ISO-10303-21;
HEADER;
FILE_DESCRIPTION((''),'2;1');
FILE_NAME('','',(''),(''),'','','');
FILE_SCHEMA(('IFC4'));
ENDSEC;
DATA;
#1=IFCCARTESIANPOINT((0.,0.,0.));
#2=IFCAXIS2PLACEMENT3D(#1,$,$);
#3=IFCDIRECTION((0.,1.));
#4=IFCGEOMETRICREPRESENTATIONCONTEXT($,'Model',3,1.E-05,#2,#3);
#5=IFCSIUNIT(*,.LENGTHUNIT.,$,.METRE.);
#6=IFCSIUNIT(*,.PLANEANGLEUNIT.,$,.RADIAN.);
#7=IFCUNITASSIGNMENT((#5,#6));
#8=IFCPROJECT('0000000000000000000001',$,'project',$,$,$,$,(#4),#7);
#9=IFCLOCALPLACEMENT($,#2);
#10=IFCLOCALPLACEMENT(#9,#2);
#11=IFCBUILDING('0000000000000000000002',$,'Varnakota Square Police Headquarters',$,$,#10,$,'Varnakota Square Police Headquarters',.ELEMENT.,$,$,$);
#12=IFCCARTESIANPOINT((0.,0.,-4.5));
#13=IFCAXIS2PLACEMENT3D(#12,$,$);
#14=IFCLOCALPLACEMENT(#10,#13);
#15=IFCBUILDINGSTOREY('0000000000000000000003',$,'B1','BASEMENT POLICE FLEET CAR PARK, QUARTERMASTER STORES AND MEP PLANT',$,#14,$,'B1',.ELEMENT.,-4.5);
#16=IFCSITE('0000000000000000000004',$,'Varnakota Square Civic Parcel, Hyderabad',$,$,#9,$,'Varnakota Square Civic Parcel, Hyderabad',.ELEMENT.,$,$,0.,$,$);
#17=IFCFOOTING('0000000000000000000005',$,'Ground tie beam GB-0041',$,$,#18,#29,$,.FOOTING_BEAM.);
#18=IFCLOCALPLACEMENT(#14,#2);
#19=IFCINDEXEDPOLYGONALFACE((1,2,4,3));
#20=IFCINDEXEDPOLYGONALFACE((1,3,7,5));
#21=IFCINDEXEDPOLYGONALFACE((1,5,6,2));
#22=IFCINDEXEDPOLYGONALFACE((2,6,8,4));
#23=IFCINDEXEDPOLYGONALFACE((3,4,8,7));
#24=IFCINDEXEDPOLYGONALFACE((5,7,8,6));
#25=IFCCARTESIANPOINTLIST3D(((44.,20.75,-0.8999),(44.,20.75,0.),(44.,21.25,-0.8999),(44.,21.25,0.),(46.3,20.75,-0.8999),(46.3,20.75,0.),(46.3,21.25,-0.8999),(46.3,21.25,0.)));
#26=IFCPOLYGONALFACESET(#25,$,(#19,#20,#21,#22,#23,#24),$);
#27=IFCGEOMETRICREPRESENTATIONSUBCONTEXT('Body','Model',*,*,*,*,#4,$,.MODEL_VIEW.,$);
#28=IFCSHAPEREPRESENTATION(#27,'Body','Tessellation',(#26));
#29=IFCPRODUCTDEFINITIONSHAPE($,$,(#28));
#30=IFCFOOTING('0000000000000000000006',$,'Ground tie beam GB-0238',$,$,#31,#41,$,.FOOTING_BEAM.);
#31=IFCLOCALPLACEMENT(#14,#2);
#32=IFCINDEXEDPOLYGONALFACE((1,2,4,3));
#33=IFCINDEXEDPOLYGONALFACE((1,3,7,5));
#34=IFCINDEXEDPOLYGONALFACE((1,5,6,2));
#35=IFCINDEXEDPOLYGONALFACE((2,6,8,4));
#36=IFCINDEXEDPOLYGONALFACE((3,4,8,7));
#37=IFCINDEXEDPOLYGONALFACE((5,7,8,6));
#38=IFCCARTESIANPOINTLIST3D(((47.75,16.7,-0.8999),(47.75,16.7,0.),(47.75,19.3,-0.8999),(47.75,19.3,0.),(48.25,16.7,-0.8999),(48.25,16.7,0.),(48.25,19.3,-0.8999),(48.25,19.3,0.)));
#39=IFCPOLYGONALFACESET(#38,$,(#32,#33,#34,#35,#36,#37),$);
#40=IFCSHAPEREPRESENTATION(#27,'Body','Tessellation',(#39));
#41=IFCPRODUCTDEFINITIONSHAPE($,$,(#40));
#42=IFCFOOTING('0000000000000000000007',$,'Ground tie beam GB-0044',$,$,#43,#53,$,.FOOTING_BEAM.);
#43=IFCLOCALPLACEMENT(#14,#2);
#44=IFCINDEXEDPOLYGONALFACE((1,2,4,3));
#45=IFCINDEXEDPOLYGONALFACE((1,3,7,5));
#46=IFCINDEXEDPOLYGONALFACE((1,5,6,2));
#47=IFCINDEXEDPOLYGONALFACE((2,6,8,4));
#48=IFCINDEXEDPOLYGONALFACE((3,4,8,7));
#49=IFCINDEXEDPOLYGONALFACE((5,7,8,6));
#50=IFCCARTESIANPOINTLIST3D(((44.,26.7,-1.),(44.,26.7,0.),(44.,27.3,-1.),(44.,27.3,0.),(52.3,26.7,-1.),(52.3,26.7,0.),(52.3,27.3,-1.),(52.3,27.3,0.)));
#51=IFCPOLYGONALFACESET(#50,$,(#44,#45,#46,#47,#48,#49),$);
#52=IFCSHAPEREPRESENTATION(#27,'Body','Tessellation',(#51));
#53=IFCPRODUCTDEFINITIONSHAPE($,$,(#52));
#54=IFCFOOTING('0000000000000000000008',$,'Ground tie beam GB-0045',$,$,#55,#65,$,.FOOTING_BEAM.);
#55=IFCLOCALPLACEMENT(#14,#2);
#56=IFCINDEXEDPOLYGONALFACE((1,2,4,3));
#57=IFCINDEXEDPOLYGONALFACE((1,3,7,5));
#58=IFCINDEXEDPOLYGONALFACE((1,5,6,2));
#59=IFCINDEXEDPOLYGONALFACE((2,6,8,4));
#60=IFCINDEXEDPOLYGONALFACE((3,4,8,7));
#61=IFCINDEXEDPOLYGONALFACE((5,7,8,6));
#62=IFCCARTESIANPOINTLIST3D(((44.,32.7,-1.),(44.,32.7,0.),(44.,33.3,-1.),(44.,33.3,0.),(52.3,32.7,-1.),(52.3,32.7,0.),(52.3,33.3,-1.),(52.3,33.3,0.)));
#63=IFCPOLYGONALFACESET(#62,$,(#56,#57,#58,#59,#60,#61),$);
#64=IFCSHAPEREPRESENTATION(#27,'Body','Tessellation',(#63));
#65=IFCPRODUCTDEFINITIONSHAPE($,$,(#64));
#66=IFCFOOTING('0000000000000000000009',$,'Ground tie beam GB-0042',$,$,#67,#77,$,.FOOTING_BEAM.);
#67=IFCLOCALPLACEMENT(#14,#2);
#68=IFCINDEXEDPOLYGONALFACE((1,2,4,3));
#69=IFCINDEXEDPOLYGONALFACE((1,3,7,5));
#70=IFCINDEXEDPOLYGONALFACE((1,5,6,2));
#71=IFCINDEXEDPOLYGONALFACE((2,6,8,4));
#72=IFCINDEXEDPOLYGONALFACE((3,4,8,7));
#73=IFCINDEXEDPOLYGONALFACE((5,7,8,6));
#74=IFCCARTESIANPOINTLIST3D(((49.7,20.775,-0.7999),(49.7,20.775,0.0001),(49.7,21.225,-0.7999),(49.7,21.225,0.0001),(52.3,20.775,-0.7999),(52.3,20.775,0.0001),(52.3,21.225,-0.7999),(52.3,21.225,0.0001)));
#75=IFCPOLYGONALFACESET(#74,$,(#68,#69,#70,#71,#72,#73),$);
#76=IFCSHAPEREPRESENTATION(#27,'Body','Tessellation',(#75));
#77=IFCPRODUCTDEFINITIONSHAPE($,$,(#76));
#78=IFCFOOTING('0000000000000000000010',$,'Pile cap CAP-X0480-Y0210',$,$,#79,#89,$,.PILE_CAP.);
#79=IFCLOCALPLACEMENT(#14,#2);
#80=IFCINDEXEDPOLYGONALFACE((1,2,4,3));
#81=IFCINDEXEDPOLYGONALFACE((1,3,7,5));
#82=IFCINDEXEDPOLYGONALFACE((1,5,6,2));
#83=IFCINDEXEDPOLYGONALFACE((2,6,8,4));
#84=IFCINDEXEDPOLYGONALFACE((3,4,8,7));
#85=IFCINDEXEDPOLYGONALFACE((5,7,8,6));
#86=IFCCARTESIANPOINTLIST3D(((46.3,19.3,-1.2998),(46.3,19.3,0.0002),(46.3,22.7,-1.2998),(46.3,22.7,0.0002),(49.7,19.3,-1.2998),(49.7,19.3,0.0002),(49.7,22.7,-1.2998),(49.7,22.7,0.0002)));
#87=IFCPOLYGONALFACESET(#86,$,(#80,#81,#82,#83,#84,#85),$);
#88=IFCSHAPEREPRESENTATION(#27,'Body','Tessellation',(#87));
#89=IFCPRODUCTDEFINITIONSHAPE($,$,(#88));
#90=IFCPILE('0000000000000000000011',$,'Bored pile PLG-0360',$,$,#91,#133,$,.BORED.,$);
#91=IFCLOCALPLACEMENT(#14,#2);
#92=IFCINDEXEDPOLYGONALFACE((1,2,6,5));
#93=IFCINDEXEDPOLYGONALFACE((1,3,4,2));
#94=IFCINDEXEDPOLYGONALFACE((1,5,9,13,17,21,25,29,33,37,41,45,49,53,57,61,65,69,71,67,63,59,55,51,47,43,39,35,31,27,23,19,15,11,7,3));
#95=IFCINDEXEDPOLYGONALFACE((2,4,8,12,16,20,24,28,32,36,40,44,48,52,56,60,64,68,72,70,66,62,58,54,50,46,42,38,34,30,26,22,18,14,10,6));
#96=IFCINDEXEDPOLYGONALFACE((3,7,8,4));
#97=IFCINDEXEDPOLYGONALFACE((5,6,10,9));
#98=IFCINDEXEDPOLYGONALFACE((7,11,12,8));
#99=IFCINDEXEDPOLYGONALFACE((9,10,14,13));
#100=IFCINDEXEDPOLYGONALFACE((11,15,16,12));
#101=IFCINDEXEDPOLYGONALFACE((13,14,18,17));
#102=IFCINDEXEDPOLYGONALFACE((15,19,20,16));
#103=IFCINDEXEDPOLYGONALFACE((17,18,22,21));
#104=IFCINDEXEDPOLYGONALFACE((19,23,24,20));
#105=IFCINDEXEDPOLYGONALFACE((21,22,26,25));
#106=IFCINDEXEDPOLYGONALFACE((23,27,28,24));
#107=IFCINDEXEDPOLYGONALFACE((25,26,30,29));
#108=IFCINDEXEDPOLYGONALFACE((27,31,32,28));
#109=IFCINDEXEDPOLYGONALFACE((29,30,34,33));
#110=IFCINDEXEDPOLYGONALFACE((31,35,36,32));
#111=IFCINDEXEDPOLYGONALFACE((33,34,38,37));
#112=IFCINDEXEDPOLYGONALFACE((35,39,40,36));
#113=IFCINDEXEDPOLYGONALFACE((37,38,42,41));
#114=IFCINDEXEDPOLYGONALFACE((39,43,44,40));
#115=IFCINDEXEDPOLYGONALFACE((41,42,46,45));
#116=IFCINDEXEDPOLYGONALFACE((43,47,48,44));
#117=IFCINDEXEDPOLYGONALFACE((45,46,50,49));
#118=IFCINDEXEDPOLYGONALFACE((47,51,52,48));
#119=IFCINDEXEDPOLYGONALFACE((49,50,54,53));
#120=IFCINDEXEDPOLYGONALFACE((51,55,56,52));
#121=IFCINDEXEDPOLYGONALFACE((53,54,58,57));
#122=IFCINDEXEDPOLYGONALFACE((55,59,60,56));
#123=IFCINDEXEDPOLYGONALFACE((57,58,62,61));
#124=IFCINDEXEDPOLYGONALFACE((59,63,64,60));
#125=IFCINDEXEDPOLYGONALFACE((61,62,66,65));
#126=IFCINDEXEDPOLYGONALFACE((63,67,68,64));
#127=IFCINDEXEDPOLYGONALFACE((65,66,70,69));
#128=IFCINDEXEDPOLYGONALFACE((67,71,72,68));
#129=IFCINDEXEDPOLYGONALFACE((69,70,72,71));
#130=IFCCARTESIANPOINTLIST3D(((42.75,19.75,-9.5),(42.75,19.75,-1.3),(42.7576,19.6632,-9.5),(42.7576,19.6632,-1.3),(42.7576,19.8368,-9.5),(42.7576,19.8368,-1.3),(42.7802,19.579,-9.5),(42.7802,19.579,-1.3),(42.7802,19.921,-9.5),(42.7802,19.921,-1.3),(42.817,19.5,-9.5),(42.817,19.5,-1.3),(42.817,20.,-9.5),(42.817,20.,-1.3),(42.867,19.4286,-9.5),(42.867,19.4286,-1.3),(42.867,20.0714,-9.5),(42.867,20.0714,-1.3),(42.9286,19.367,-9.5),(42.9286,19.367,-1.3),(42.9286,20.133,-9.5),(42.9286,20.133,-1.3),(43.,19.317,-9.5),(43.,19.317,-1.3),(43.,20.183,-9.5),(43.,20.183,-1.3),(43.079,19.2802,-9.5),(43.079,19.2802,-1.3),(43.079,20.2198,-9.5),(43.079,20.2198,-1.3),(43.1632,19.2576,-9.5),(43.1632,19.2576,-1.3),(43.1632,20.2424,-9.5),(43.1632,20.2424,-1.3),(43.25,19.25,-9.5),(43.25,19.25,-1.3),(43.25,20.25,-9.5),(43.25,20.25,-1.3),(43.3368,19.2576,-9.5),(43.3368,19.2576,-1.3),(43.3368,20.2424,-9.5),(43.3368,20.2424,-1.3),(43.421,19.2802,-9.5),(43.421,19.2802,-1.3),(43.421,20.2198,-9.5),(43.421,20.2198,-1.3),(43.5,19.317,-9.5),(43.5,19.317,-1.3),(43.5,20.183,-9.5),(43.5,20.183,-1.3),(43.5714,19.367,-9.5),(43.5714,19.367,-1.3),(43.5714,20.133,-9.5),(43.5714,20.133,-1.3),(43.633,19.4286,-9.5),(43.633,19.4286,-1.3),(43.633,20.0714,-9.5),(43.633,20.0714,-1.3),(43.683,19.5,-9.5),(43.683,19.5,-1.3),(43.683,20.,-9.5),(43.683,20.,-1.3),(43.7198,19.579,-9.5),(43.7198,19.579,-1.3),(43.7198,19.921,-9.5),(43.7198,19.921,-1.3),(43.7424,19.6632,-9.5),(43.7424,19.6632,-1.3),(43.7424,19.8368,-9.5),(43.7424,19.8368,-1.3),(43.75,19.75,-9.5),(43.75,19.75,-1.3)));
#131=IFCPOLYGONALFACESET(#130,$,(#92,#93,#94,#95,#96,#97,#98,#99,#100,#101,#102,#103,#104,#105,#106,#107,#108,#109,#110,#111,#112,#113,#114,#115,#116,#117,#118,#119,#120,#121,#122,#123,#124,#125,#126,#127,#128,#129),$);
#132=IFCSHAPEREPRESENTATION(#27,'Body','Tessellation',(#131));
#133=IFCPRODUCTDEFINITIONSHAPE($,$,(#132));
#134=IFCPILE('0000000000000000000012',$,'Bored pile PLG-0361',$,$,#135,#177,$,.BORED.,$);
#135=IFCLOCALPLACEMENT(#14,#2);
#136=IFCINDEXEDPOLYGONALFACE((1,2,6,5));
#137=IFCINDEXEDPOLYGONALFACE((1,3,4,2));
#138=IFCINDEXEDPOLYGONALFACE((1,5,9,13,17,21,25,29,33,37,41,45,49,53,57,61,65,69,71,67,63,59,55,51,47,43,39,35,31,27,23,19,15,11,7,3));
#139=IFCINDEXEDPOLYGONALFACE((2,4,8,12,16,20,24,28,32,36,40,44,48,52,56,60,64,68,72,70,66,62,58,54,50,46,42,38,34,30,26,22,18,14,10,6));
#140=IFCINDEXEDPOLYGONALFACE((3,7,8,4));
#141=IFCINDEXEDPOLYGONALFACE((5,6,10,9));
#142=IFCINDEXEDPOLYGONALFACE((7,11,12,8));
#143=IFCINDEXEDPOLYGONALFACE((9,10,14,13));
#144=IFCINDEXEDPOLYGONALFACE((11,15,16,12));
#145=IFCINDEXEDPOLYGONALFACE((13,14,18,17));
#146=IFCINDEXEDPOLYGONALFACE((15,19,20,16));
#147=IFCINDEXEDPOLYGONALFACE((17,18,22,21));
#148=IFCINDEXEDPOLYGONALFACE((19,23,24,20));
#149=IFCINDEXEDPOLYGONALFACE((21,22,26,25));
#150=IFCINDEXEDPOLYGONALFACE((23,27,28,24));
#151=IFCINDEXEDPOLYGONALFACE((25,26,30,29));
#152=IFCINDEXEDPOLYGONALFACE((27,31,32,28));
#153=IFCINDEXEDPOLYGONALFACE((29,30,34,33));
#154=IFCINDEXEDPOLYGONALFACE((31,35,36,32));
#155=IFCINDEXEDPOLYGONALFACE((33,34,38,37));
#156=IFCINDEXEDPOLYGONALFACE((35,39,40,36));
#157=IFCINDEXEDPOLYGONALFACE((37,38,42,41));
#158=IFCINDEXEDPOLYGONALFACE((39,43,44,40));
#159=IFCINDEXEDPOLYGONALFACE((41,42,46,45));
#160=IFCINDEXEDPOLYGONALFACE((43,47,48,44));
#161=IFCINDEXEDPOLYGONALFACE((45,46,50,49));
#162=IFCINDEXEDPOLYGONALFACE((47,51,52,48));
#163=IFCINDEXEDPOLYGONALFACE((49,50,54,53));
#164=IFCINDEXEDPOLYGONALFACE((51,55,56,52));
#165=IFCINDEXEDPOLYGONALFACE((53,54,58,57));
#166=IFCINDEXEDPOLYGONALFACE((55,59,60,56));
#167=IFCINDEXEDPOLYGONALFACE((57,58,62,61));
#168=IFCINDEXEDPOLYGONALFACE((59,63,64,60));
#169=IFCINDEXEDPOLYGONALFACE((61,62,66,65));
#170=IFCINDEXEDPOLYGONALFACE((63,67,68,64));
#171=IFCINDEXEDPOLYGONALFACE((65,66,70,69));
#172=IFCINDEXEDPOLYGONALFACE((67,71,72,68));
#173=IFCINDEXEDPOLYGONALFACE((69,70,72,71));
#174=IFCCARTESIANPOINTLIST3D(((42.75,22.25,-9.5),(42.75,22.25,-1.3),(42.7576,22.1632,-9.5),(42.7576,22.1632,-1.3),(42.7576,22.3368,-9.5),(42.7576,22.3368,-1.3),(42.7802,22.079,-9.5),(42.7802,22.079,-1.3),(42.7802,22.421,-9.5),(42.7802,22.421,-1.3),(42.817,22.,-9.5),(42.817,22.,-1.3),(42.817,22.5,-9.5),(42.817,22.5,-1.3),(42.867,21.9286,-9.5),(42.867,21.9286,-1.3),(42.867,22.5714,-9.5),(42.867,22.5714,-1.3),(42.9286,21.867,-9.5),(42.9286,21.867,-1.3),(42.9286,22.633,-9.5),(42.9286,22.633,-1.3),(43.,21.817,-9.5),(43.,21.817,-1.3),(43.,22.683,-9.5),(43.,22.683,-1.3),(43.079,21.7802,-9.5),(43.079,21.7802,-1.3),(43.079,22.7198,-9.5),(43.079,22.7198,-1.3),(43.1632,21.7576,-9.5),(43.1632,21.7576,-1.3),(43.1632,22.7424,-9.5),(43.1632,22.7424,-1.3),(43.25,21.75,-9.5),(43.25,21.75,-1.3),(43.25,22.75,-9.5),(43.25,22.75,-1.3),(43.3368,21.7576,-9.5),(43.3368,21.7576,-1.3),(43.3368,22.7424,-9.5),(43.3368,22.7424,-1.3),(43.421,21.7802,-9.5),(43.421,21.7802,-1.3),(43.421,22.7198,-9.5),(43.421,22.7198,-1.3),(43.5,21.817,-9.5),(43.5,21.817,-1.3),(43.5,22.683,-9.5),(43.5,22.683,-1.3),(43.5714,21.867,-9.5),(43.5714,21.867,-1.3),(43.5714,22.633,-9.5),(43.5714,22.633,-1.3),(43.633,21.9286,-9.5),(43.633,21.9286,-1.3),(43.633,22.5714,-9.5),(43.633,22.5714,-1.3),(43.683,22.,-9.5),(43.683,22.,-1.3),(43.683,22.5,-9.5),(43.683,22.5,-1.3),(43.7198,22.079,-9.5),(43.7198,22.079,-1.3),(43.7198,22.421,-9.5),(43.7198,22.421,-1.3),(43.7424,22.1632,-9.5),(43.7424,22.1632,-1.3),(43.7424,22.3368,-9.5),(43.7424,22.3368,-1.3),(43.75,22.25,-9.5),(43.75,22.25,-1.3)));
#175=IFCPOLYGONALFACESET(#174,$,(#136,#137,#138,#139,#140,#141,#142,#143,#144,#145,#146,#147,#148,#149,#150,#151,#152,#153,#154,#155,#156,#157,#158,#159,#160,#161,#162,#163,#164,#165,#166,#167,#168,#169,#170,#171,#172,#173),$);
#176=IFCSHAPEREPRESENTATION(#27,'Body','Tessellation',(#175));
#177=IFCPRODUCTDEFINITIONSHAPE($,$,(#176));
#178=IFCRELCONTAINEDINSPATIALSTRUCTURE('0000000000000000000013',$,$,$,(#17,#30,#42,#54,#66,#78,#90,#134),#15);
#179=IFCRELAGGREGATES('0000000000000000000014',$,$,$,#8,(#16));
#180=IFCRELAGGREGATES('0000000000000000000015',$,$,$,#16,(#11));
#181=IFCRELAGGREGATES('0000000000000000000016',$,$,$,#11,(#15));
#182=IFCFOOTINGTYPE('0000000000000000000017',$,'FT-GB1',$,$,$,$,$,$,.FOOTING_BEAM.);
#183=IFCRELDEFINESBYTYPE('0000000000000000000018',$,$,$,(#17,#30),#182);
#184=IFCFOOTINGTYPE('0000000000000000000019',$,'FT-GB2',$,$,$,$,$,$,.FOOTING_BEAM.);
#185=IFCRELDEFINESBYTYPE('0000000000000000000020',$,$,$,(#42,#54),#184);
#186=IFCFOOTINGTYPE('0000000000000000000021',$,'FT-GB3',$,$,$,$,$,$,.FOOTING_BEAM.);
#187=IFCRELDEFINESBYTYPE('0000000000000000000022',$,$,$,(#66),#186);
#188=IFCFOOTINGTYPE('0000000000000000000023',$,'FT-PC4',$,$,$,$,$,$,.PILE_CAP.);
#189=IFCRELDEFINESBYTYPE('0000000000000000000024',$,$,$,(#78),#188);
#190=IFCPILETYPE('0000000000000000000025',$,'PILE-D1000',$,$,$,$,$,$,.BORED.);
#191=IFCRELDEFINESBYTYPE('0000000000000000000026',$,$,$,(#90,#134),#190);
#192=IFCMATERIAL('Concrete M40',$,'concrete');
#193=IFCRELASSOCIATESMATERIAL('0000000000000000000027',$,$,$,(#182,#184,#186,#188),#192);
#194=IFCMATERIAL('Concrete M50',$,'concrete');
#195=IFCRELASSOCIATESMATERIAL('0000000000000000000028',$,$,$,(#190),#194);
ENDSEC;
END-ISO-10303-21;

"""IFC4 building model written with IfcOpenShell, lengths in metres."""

from ifc_helpers import new_model, si_unit, direction, frame, origin, origin_2d, place, context, subcontext, project, spatial, rectangle, circle, extrude, material, material_profile, profile_set, type_object, element, save


model = new_model("IFC4")

# Units and contexts
model_context = context("Model", 3, precision=1e-05, world=origin(), true_north=direction((0.0, 1.0)))
body_context = subcontext(model_context, "Body", "Model", "MODEL_VIEW")
ifc_project = project(units=[si_unit("LENGTHUNIT", "METRE"), si_unit("PLANEANGLEUNIT", "RADIAN")], contexts=[model_context])

# Site, building, storey
site_placement = place(None, origin())
site = spatial("IfcSite", under=ifc_project, at=site_placement, Name="Varnakota Square Civic Parcel, Hyderabad", LongName="Varnakota Square Civic Parcel, Hyderabad", CompositionType="ELEMENT", RefElevation=0.0)
building_placement = place(site_placement, origin())
building = spatial("IfcBuilding", under=site, at=building_placement, Name="Varnakota Square Police Headquarters", LongName="Varnakota Square Police Headquarters", CompositionType="ELEMENT")
storey_placement = place(building_placement, frame((0.0, 0.0, -4.5)))
storey = spatial("IfcBuildingStorey", under=building, at=storey_placement, Name="B1", Description="BASEMENT POLICE FLEET CAR PARK, QUARTERMASTER STORES AND MEP PLANT", LongName="B1", CompositionType="ELEMENT", Elevation=-4.5)

# Footings
ifc_material_1 = material(Name="Concrete M40", Category="concrete")
ifc_material_profile_1 = material_profile(ifc_material_1, rectangle(XDim=0.5, YDim=0.8999, at=origin_2d()), Name="GB 500x900")
ifc_profile_set_1 = profile_set([ifc_material_profile_1], Name="Concrete M40")
footing_type_1 = type_object("IfcFootingType", Name="FT-GB1", PredefinedType="FOOTING_BEAM", material=ifc_profile_set_1)
footing_1_placement = place(storey_placement, frame((44.0, 21.0, -0.45), z_axis=(1.0, 0.0, 0.0), x_axis=(0.0, 1.0, 0.0)))
element("IfcFooting", 1, at=footing_1_placement, inside=storey, type_object=footing_type_1, Name="Ground tie beam GB-0041", PredefinedType="FOOTING_BEAM", context=body_context, shape_type="SweptSolid", body=[
    extrude(rectangle(XDim=0.5, YDim=0.8999, at=origin_2d()), origin(), (0.0, 0.0, 1.0), 2.3),
])
footing_2_placement = place(storey_placement, frame((48.0, 16.7, -0.45), z_axis=(0.0, 1.0, 0.0), x_axis=(-1.0, 0.0, 0.0)))
element("IfcFooting", 2, at=footing_2_placement, inside=storey, type_object=footing_type_1, Name="Ground tie beam GB-0238", PredefinedType="FOOTING_BEAM", context=body_context, shape_type="SweptSolid", body=[
    extrude(rectangle(XDim=0.5, YDim=0.8999, at=origin_2d()), origin(), (0.0, 0.0, 1.0), 2.6001),
])
ifc_material_profile_2 = material_profile(ifc_material_1, rectangle(XDim=0.6001, YDim=1.0, at=origin_2d()), Name="GB 600x1000")
ifc_profile_set_2 = profile_set([ifc_material_profile_2], Name="Concrete M40")
footing_type_2 = type_object("IfcFootingType", Name="FT-GB2", PredefinedType="FOOTING_BEAM", material=ifc_profile_set_2)
for number, where, z_axis, x_axis, name in (
    (3, (44.0, 27.0, -0.5), (1.0, 0.0, 0.0), (0.0, 1.0, 0.0), "Ground tie beam GB-0044"),
    (4, (44.0, 33.0, -0.5), (1.0, 0.0, 0.0), (0.0, 1.0, 0.0), "Ground tie beam GB-0045"),
):
    element("IfcFooting", number, at=place(storey_placement, frame(where, z_axis=z_axis, x_axis=x_axis)), inside=storey, type_object=footing_type_2, Name=name, PredefinedType="FOOTING_BEAM", context=body_context, shape_type="SweptSolid", body=[
        extrude(rectangle(XDim=0.6001, YDim=1.0, at=origin_2d()), origin(), (0.0, 0.0, 1.0), 8.3),
    ])
ifc_material_profile_3 = material_profile(ifc_material_1, rectangle(XDim=0.45, YDim=0.8, at=origin_2d()), Name="GB 450x800")
ifc_profile_set_3 = profile_set([ifc_material_profile_3], Name="Concrete M40")
footing_type_3 = type_object("IfcFootingType", Name="FT-GB3", PredefinedType="FOOTING_BEAM", material=ifc_profile_set_3)
footing_3_placement = place(storey_placement, frame((49.7, 21.0, -0.3999), z_axis=(1.0, 0.0, 0.0), x_axis=(0.0, 1.0, 0.0)))
element("IfcFooting", 5, at=footing_3_placement, inside=storey, type_object=footing_type_3, Name="Ground tie beam GB-0042", PredefinedType="FOOTING_BEAM", context=body_context, shape_type="SweptSolid", body=[
    extrude(rectangle(XDim=0.45, YDim=0.8, at=origin_2d()), origin(), (0.0, 0.0, 1.0), 2.6001),
])
footing_type_4 = type_object("IfcFootingType", Name="FT-PC4", PredefinedType="PILE_CAP", material=ifc_material_1)
footing_4_placement = place(storey_placement, frame((48.0, 21.0, -1.2998), z_axis=(0.0, 0.0, 1.0), x_axis=(1.0, 0.0, 0.0)))
element("IfcFooting", 6, at=footing_4_placement, inside=storey, type_object=footing_type_4, Name="Pile cap CAP-X0480-Y0210", PredefinedType="PILE_CAP", context=body_context, shape_type="SweptSolid", body=[
    extrude(rectangle(XDim=3.3999, YDim=3.3999, at=origin_2d()), origin(), (0.0, 0.0, 1.0), 1.3),
])

# Piles
ifc_material_2 = material(Name="Concrete M50", Category="concrete")
ifc_material_profile_4 = material_profile(ifc_material_2, circle(Radius=0.5, at=origin_2d()), Name="BORED PILE 1000")
ifc_profile_set_4 = profile_set([ifc_material_profile_4], Name="Concrete M50")
pile_type_1 = type_object("IfcPileType", Name="PILE-D1000", PredefinedType="BORED", material=ifc_profile_set_4)
for number, where, z_axis, x_axis, name in (
    (7, (43.25, 19.75, -1.3), (0.0, 0.0, -1.0), (1.0, 0.0, 0.0), "Bored pile PLG-0360"),
    (8, (43.25, 22.25, -1.3), (0.0, 0.0, -1.0), (1.0, 0.0, 0.0), "Bored pile PLG-0361"),
):
    element("IfcPile", number, at=place(storey_placement, frame(where, z_axis=z_axis, x_axis=x_axis)), inside=storey, type_object=pile_type_1, Name=name, PredefinedType="BORED", context=body_context, shape_type="SweptSolid", body=[
        extrude(circle(Radius=0.5, at=origin_2d()), origin(), (0.0, 0.0, 1.0), 8.2),
    ])

save(model, "model.ifc")
